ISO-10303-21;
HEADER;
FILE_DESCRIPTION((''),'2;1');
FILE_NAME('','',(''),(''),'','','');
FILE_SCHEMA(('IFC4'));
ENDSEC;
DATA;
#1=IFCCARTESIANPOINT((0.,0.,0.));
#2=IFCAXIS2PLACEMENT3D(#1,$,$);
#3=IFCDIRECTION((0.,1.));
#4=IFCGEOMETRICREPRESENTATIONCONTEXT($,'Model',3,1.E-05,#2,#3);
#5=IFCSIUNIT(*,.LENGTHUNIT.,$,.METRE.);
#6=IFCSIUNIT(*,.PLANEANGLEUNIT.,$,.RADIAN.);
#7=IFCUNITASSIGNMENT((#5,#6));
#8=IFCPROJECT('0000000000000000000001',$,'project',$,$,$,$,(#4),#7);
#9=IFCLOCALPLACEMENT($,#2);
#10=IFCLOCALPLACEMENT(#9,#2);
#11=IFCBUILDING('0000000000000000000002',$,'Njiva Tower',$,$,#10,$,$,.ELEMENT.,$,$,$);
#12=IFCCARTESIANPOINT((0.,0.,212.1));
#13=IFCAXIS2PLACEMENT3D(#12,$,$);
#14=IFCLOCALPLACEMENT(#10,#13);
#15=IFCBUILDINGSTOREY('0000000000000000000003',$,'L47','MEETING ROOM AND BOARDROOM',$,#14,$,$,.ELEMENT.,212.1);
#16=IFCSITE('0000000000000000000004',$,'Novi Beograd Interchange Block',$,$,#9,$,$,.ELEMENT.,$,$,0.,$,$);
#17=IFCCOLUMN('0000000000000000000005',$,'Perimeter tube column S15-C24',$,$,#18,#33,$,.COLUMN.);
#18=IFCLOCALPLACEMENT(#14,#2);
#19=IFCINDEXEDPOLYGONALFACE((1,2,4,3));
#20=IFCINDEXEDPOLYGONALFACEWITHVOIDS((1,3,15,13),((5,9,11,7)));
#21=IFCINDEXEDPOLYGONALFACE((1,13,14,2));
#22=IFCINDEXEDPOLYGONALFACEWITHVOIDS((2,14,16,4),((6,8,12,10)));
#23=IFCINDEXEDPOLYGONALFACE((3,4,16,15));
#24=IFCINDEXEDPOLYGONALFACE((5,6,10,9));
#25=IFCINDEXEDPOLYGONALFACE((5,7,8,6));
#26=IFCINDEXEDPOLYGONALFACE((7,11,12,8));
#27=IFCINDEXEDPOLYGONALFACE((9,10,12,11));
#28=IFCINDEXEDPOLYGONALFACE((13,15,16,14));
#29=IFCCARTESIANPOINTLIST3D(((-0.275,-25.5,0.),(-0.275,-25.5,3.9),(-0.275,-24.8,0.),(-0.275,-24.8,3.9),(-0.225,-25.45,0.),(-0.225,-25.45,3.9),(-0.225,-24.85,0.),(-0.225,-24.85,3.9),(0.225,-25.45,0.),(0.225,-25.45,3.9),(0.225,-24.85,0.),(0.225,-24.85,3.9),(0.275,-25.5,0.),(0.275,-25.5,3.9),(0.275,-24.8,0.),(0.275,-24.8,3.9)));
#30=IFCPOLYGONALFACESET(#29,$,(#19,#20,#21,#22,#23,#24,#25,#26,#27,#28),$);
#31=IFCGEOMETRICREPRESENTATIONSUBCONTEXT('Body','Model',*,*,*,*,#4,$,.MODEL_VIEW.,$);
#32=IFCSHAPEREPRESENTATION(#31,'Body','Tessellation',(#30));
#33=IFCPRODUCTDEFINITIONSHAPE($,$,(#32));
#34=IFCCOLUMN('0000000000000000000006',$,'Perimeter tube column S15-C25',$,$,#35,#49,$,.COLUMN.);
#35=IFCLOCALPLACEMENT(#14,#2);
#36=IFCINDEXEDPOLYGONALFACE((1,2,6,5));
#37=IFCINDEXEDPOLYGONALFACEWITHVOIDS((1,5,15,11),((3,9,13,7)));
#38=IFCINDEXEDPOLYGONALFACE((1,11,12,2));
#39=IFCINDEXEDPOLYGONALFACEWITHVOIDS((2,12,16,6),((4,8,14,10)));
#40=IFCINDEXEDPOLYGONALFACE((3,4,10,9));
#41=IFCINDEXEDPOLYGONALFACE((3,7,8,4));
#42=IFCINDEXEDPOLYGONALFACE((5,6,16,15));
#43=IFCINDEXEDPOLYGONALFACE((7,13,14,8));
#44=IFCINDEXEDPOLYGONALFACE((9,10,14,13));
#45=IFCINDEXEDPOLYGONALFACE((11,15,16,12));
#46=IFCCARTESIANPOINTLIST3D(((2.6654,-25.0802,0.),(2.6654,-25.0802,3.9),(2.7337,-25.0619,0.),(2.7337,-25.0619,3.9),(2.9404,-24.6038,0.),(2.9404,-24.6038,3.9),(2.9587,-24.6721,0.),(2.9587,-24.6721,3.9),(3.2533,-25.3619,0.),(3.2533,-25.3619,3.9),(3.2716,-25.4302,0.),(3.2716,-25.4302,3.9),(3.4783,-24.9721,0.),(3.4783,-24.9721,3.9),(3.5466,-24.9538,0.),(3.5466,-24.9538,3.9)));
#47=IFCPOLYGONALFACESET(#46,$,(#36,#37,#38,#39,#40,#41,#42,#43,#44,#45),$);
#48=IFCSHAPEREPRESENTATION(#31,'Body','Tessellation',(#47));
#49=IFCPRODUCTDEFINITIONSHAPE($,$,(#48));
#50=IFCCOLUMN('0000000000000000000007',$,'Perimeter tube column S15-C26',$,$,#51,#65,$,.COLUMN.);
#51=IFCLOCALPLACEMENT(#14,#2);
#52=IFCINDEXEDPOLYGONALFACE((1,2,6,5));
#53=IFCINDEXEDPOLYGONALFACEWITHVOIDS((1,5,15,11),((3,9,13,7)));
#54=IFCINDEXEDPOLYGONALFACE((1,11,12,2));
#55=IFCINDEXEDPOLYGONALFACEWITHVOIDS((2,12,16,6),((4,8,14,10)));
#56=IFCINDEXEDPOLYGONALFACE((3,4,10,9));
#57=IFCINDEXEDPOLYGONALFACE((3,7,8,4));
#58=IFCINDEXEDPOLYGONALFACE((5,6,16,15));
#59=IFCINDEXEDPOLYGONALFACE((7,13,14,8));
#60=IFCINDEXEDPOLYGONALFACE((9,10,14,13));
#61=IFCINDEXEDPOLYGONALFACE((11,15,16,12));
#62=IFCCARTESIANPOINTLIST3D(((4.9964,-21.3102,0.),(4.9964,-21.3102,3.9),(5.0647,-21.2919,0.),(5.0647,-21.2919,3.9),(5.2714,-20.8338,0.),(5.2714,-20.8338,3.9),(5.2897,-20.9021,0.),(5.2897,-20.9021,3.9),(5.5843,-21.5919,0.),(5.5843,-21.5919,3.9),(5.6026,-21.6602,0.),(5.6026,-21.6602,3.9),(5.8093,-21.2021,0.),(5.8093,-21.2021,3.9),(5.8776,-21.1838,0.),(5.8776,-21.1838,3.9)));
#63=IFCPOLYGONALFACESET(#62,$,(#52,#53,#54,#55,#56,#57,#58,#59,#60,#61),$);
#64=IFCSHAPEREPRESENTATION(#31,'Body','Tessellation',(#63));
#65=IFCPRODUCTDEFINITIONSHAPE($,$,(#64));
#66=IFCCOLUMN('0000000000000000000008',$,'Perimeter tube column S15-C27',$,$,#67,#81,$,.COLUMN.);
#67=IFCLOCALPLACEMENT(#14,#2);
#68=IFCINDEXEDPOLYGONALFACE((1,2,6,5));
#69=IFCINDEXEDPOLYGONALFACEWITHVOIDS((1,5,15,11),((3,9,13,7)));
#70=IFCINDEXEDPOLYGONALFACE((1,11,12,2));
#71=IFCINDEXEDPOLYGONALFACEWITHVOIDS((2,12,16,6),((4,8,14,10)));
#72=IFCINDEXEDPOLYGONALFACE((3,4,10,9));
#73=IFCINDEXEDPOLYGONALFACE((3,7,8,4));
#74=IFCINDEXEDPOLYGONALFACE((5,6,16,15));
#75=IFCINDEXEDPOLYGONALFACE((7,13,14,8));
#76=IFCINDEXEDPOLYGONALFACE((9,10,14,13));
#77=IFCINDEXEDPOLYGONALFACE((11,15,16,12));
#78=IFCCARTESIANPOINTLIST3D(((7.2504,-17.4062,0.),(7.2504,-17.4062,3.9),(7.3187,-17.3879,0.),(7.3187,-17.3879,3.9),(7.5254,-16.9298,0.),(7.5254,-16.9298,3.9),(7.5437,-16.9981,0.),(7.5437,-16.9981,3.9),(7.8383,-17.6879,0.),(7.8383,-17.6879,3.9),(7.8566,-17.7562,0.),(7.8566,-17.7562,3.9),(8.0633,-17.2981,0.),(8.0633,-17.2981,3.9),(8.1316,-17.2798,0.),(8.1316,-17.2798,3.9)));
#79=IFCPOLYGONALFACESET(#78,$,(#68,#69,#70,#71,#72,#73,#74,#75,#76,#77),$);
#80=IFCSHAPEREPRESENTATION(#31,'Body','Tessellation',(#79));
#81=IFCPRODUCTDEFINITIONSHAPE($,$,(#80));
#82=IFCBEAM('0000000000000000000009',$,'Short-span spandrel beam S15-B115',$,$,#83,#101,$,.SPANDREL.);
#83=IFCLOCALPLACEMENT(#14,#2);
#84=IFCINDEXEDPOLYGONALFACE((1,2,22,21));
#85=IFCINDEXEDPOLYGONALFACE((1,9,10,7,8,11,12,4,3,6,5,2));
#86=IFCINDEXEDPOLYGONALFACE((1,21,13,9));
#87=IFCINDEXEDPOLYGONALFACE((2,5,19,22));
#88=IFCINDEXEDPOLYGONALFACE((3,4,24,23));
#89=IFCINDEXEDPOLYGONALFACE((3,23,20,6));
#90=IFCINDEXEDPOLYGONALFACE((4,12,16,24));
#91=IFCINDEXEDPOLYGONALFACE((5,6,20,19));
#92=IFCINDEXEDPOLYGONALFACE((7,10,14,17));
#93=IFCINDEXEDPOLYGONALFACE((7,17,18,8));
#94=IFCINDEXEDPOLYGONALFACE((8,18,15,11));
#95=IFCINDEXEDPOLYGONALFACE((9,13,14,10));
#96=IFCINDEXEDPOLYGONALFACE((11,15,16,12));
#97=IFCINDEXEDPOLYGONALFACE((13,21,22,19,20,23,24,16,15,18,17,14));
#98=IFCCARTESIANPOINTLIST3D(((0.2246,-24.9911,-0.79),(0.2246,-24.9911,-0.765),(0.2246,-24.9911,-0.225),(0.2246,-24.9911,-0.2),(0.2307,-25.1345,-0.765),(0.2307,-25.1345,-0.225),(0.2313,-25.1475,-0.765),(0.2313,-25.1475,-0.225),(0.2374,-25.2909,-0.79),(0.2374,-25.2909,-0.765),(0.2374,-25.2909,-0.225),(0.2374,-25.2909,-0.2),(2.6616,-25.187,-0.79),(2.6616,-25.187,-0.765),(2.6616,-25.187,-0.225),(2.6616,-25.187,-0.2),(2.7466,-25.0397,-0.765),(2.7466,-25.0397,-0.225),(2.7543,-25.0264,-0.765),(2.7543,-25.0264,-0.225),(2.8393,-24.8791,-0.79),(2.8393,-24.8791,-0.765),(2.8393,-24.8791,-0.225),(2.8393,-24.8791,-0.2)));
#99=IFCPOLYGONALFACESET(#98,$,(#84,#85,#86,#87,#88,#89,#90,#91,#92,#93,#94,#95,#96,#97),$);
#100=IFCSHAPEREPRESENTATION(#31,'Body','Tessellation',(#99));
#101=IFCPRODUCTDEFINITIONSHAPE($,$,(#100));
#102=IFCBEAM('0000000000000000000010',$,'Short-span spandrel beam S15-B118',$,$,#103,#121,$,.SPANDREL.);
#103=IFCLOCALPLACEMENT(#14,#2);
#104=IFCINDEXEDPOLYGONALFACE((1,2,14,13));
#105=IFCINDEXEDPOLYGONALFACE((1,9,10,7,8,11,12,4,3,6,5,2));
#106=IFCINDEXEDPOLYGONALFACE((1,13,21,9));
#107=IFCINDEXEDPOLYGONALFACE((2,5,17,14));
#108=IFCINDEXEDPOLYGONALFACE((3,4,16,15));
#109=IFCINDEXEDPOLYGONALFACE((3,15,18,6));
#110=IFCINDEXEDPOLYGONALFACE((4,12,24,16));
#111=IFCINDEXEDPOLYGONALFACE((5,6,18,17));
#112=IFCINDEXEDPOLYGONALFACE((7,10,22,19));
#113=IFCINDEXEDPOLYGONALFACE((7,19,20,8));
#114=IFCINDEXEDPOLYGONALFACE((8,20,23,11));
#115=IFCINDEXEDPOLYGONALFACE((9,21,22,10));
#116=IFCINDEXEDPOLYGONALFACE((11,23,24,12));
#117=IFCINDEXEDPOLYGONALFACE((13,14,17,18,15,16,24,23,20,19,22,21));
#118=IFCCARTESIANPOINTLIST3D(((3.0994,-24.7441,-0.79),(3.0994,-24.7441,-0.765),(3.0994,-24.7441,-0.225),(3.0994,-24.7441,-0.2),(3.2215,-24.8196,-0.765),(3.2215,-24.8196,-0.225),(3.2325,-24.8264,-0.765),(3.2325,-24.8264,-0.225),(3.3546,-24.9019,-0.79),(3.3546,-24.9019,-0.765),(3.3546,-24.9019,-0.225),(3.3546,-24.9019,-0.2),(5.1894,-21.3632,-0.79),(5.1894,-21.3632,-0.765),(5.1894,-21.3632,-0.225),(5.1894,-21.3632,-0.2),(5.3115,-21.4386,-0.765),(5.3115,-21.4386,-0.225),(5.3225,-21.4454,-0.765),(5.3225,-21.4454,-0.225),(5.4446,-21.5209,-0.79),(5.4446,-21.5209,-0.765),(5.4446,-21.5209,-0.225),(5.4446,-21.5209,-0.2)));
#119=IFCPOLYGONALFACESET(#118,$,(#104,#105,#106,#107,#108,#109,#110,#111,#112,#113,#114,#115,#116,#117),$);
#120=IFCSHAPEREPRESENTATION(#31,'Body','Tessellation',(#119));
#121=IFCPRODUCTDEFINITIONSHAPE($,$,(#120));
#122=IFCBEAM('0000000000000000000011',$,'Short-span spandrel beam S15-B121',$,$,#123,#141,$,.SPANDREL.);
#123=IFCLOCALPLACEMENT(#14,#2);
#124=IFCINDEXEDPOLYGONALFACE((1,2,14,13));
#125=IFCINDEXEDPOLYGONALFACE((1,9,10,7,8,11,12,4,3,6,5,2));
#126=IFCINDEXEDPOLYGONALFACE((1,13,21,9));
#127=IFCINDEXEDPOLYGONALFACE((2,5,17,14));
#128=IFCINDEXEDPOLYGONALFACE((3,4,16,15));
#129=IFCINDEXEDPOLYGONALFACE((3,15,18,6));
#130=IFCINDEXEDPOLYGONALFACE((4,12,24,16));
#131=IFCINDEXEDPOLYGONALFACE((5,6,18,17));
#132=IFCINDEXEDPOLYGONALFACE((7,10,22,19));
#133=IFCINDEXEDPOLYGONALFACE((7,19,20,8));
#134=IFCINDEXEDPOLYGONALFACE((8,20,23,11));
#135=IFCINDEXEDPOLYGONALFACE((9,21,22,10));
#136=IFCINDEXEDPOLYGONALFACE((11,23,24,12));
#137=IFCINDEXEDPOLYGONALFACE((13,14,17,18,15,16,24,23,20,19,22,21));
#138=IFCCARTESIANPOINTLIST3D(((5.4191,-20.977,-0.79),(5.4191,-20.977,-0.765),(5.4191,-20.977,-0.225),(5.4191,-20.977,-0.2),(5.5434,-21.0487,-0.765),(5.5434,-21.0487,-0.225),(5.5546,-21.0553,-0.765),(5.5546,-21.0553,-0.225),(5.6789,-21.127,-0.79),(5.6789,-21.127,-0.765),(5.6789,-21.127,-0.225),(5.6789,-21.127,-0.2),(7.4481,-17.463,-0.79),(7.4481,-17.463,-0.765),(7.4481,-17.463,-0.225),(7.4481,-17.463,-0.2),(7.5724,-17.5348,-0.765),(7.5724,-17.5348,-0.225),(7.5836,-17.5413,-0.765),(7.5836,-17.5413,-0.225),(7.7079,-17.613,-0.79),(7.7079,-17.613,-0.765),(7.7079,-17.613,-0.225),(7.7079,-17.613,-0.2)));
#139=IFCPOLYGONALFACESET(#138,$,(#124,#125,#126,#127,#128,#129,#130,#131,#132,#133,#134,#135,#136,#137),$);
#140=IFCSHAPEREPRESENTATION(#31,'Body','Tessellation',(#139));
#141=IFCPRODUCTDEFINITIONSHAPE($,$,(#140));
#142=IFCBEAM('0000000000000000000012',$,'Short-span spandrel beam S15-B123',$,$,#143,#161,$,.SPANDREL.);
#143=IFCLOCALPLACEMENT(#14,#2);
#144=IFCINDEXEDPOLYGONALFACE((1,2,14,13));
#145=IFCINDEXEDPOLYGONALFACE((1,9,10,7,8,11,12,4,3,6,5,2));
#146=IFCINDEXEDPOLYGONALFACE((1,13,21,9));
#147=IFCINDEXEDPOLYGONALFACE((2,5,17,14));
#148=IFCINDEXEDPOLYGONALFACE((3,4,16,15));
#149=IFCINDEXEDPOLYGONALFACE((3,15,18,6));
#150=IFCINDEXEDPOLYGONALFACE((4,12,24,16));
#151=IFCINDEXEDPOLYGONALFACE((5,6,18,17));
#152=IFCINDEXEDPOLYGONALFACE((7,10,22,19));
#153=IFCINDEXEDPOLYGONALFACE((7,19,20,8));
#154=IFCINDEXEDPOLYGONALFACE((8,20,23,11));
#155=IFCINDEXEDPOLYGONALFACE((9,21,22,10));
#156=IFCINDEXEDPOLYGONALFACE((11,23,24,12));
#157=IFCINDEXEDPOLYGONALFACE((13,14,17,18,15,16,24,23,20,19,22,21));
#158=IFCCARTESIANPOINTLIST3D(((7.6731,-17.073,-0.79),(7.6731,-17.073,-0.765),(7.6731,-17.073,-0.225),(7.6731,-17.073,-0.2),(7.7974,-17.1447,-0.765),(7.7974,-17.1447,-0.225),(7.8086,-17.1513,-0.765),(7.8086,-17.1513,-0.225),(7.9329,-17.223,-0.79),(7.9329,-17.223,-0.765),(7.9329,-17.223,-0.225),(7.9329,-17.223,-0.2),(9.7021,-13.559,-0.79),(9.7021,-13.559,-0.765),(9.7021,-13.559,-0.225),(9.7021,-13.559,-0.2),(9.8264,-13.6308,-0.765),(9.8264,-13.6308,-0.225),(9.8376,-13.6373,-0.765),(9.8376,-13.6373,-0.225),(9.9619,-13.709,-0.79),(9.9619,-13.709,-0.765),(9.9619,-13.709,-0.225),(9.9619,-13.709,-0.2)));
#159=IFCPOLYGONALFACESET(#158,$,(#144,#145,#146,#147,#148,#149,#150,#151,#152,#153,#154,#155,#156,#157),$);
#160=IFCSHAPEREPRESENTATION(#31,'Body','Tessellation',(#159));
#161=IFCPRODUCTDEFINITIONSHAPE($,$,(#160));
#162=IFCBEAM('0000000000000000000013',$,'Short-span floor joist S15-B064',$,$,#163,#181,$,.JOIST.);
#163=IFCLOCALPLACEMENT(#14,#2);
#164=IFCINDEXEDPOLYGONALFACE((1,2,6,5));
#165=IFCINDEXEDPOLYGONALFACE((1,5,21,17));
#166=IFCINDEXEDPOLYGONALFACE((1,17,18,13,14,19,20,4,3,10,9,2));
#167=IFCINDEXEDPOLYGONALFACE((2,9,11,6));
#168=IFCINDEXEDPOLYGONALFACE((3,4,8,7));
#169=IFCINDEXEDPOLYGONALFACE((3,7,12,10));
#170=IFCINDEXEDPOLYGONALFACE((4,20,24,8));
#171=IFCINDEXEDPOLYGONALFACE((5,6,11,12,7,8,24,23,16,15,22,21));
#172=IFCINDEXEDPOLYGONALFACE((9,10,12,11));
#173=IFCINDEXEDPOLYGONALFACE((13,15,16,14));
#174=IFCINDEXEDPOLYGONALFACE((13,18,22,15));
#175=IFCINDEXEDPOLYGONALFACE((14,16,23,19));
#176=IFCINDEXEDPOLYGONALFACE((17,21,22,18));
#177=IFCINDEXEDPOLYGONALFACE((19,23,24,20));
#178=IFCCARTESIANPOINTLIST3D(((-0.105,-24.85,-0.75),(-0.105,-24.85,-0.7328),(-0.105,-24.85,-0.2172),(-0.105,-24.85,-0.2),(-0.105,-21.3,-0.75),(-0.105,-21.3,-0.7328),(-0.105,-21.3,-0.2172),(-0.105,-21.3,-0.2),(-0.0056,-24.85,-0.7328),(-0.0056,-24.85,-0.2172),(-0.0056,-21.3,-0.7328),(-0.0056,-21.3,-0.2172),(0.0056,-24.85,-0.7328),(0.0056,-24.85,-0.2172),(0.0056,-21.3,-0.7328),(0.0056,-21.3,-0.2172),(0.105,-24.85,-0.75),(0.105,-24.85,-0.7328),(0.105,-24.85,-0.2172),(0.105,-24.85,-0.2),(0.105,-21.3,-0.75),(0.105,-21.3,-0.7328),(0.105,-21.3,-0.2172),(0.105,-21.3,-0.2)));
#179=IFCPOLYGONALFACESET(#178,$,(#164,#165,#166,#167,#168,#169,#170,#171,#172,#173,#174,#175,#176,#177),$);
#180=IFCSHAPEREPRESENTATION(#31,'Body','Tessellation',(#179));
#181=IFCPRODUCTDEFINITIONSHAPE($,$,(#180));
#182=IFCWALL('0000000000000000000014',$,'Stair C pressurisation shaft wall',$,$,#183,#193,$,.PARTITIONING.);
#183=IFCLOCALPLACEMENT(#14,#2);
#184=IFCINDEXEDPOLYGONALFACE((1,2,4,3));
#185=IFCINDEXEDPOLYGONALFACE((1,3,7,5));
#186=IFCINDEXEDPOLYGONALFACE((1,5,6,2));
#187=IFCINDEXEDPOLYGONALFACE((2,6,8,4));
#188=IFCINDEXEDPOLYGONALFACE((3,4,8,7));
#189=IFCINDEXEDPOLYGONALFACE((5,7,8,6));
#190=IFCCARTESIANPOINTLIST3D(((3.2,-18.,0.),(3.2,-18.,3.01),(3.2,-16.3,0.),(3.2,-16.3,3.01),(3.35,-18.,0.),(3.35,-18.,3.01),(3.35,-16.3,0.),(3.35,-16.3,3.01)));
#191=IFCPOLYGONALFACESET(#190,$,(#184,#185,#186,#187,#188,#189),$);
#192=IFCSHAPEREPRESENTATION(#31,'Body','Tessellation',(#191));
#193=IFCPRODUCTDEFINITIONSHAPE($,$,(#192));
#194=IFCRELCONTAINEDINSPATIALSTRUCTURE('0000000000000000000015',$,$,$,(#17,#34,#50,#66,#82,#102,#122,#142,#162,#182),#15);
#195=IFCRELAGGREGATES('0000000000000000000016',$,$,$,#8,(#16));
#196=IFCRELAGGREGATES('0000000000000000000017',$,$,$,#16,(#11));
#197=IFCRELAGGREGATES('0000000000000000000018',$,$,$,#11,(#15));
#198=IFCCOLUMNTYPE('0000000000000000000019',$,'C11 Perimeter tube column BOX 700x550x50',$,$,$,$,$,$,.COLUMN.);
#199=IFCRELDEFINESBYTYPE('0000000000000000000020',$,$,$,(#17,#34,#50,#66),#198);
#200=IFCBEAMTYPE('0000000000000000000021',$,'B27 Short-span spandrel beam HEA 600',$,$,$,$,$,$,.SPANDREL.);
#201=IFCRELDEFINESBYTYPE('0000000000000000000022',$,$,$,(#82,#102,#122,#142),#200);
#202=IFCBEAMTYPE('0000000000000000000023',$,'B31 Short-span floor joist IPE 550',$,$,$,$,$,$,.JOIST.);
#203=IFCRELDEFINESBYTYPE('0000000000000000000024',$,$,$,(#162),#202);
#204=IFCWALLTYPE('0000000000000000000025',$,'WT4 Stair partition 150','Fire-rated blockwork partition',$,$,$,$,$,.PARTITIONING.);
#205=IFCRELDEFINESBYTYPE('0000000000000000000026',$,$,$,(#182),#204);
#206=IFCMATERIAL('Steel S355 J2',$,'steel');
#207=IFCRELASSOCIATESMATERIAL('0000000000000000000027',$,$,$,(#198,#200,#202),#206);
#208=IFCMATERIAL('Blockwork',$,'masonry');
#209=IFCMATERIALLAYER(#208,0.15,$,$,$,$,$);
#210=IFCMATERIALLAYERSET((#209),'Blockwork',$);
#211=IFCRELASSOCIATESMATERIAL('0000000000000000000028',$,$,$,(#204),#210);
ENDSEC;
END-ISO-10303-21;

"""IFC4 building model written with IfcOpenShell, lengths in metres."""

from ifc_helpers import new_model, si_unit, direction, frame, frame_2d, origin, origin_2d, place, context, subcontext, project, spatial, rectangle, hollow_rectangle, i_section, extrude, clip, halfspace, material, layer, layer_set, material_profile, profile_set, type_object, element, save


model = new_model("IFC4")

# Units and contexts
model_context = context("Model", 3, precision=1e-05, world=origin(), true_north=direction((0.0, 1.0)))
body_context = subcontext(model_context, "Body", "Model", "MODEL_VIEW")
ifc_project = project(units=[si_unit("LENGTHUNIT", "METRE"), si_unit("PLANEANGLEUNIT", "RADIAN")], contexts=[model_context])

# Site, building, storey
site_placement = place(None, origin())
site = spatial("IfcSite", under=ifc_project, at=site_placement, Name="Novi Beograd Interchange Block", CompositionType="ELEMENT", RefElevation=0.0)
building_placement = place(site_placement, origin())
building = spatial("IfcBuilding", under=site, at=building_placement, Name="Njiva Tower", CompositionType="ELEMENT")
storey_placement = place(building_placement, frame((0.0, 0.0, 212.1)))
storey = spatial("IfcBuildingStorey", under=building, at=storey_placement, Name="L47", Description="MEETING ROOM AND BOARDROOM", CompositionType="ELEMENT", Elevation=212.1)

# Columns
ifc_material_1 = material(Name="Steel S355 J2", Category="steel")
ifc_material_profile_1 = material_profile(ifc_material_1, hollow_rectangle(XDim=0.55, YDim=0.7, WallThickness=0.05, at=origin_2d()), Name="BOX 700x550x50")
ifc_profile_set_1 = profile_set([ifc_material_profile_1], Name="Steel S355 J2")
column_type = type_object("IfcColumnType", Name="C11 Perimeter tube column BOX 700x550x50", PredefinedType="COLUMN", material=ifc_profile_set_1)
for number, where, z_axis, x_axis, name in (
    (1, (0.0, -25.15, 0.0), (0.0, 0.0, 1.0), (1.0, 0.0, 0.0), "Perimeter tube column S15-C24"),
    (2, (3.106, -25.017, 0.0), (0.0, 0.0, 1.0), (0.5, 0.866025, 0.0), "Perimeter tube column S15-C25"),
    (3, (5.437, -21.247, 0.0), (0.0, 0.0, 1.0), (0.5, 0.866025, 0.0), "Perimeter tube column S15-C26"),
    (4, (7.691, -17.343, 0.0), (0.0, 0.0, 1.0), (0.5, 0.866025, 0.0), "Perimeter tube column S15-C27"),
):
    element("IfcColumn", number, at=place(storey_placement, frame(where, z_axis=z_axis, x_axis=x_axis)), inside=storey, type_object=column_type, Name=name, PredefinedType="COLUMN", context=body_context, shape_type="SweptSolid", body=[
        extrude(hollow_rectangle(XDim=0.55, YDim=0.7, WallThickness=0.05, at=origin_2d()), origin(), (0.0, 0.0, 1.0), 3.9),
    ])

# Beams
ifc_material_profile_2 = material_profile(ifc_material_1, i_section(OverallWidth=0.3, OverallDepth=0.59, WebThickness=0.013, FlangeThickness=0.025, at=origin_2d()), Name="HEA 600")
ifc_profile_set_2 = profile_set([ifc_material_profile_2], Name="Steel S355 J2")
beam_type_1 = type_object("IfcBeamType", Name="B27 Short-span spandrel beam HEA 600", PredefinedType="SPANDREL", material=ifc_profile_set_2)
beam_1_placement = place(storey_placement, frame((0.231, -25.141, -0.495), z_axis=(0.999083, 0.042818, 0.0), x_axis=(-0.042818, 0.999083, 0.0)))
element("IfcBeam", 5, at=beam_1_placement, inside=storey, type_object=beam_type_1, Name="Short-span spandrel beam S15-B115", PredefinedType="SPANDREL", context=body_context, shape_type="Clipping", body=[
    clip(extrude(i_section(OverallWidth=0.3, OverallDepth=0.59, WebThickness=0.013, FlangeThickness=0.025, at=origin_2d()), origin(), (0.0, 0.0, 1.0), 2.6373), halfspace(frame((-0.0265, 0.0, 2.5049), z_axis=(-0.536621, 0.0, 0.843823), x_axis=(0.0, 1.0, 0.0)), False)),
])
beam_2_placement = place(storey_placement, frame((3.227, -24.823, -0.495), z_axis=(0.525809, 0.850603, 0.0), x_axis=(-0.850603, 0.525809, 0.0)))
element("IfcBeam", 6, at=beam_2_placement, inside=storey, type_object=beam_type_1, Name="Short-span spandrel beam S15-B118", PredefinedType="SPANDREL", context=body_context, shape_type="SweptSolid", body=[
    extrude(i_section(OverallWidth=0.3, OverallDepth=0.59, WebThickness=0.013, FlangeThickness=0.025, at=origin_2d()), origin(), (0.0, 0.0, 1.0), 3.9748),
])
for number, where, z_axis, x_axis, name in (
    (7, (5.549, -21.052, -0.495), (0.500035, 0.866005, 0.0), (-0.866005, 0.500035, 0.0), "Short-span spandrel beam S15-B121"),
    (8, (7.803, -17.148, -0.495), (0.500035, 0.866005, 0.0), (-0.866005, 0.500035, 0.0), "Short-span spandrel beam S15-B123"),
):
    element("IfcBeam", number, at=place(storey_placement, frame(where, z_axis=z_axis, x_axis=x_axis)), inside=storey, type_object=beam_type_1, Name=name, PredefinedType="SPANDREL", context=body_context, shape_type="SweptSolid", body=[
        extrude(i_section(OverallWidth=0.3, OverallDepth=0.59, WebThickness=0.013, FlangeThickness=0.025, at=origin_2d()), origin(), (0.0, 0.0, 1.0), 4.0577),
    ])
ifc_material_profile_3 = material_profile(ifc_material_1, i_section(OverallWidth=0.21, OverallDepth=0.55, WebThickness=0.0111, FlangeThickness=0.0172, at=origin_2d()), Name="IPE 550")
ifc_profile_set_3 = profile_set([ifc_material_profile_3], Name="Steel S355 J2")
beam_type_2 = type_object("IfcBeamType", Name="B31 Short-span floor joist IPE 550", PredefinedType="JOIST", material=ifc_profile_set_3)
beam_3_placement = place(storey_placement, frame((0.0, -21.3, -0.475), z_axis=(0.0, -1.0, 0.0), x_axis=(1.0, 0.0, 0.0)))
element("IfcBeam", 9, at=beam_3_placement, inside=storey, type_object=beam_type_2, Name="Short-span floor joist S15-B064", PredefinedType="JOIST", context=body_context, shape_type="SweptSolid", body=[
    extrude(i_section(OverallWidth=0.21, OverallDepth=0.55, WebThickness=0.0111, FlangeThickness=0.0172, at=origin_2d()), origin(), (0.0, 0.0, 1.0), 3.55),
])

# Wall
ifc_material_2 = material(Name="Blockwork", Category="masonry")
ifc_layer_1 = layer(ifc_material_2, 0.15)
ifc_layer_set_1 = layer_set([ifc_layer_1], Name="Blockwork")
wall_type_1 = type_object("IfcWallType", Name="WT4 Stair partition 150", Description="Fire-rated blockwork partition", PredefinedType="PARTITIONING", material=ifc_layer_set_1)
wall_1_placement = place(storey_placement, frame((3.275, -18.0, 0.0), z_axis=(0.0, 0.0, 1.0), x_axis=(0.0, 1.0, 0.0)))
element("IfcWall", 10, at=wall_1_placement, inside=storey, type_object=wall_type_1, Name="Stair C pressurisation shaft wall", PredefinedType="PARTITIONING", context=body_context, shape_type="SweptSolid", body=[
    extrude(rectangle(XDim=1.7, YDim=0.15, at=frame_2d((0.85, 0.0))), origin(), (0.0, 0.0, 1.0), 3.01),
])

save(model, "model.ifc")
